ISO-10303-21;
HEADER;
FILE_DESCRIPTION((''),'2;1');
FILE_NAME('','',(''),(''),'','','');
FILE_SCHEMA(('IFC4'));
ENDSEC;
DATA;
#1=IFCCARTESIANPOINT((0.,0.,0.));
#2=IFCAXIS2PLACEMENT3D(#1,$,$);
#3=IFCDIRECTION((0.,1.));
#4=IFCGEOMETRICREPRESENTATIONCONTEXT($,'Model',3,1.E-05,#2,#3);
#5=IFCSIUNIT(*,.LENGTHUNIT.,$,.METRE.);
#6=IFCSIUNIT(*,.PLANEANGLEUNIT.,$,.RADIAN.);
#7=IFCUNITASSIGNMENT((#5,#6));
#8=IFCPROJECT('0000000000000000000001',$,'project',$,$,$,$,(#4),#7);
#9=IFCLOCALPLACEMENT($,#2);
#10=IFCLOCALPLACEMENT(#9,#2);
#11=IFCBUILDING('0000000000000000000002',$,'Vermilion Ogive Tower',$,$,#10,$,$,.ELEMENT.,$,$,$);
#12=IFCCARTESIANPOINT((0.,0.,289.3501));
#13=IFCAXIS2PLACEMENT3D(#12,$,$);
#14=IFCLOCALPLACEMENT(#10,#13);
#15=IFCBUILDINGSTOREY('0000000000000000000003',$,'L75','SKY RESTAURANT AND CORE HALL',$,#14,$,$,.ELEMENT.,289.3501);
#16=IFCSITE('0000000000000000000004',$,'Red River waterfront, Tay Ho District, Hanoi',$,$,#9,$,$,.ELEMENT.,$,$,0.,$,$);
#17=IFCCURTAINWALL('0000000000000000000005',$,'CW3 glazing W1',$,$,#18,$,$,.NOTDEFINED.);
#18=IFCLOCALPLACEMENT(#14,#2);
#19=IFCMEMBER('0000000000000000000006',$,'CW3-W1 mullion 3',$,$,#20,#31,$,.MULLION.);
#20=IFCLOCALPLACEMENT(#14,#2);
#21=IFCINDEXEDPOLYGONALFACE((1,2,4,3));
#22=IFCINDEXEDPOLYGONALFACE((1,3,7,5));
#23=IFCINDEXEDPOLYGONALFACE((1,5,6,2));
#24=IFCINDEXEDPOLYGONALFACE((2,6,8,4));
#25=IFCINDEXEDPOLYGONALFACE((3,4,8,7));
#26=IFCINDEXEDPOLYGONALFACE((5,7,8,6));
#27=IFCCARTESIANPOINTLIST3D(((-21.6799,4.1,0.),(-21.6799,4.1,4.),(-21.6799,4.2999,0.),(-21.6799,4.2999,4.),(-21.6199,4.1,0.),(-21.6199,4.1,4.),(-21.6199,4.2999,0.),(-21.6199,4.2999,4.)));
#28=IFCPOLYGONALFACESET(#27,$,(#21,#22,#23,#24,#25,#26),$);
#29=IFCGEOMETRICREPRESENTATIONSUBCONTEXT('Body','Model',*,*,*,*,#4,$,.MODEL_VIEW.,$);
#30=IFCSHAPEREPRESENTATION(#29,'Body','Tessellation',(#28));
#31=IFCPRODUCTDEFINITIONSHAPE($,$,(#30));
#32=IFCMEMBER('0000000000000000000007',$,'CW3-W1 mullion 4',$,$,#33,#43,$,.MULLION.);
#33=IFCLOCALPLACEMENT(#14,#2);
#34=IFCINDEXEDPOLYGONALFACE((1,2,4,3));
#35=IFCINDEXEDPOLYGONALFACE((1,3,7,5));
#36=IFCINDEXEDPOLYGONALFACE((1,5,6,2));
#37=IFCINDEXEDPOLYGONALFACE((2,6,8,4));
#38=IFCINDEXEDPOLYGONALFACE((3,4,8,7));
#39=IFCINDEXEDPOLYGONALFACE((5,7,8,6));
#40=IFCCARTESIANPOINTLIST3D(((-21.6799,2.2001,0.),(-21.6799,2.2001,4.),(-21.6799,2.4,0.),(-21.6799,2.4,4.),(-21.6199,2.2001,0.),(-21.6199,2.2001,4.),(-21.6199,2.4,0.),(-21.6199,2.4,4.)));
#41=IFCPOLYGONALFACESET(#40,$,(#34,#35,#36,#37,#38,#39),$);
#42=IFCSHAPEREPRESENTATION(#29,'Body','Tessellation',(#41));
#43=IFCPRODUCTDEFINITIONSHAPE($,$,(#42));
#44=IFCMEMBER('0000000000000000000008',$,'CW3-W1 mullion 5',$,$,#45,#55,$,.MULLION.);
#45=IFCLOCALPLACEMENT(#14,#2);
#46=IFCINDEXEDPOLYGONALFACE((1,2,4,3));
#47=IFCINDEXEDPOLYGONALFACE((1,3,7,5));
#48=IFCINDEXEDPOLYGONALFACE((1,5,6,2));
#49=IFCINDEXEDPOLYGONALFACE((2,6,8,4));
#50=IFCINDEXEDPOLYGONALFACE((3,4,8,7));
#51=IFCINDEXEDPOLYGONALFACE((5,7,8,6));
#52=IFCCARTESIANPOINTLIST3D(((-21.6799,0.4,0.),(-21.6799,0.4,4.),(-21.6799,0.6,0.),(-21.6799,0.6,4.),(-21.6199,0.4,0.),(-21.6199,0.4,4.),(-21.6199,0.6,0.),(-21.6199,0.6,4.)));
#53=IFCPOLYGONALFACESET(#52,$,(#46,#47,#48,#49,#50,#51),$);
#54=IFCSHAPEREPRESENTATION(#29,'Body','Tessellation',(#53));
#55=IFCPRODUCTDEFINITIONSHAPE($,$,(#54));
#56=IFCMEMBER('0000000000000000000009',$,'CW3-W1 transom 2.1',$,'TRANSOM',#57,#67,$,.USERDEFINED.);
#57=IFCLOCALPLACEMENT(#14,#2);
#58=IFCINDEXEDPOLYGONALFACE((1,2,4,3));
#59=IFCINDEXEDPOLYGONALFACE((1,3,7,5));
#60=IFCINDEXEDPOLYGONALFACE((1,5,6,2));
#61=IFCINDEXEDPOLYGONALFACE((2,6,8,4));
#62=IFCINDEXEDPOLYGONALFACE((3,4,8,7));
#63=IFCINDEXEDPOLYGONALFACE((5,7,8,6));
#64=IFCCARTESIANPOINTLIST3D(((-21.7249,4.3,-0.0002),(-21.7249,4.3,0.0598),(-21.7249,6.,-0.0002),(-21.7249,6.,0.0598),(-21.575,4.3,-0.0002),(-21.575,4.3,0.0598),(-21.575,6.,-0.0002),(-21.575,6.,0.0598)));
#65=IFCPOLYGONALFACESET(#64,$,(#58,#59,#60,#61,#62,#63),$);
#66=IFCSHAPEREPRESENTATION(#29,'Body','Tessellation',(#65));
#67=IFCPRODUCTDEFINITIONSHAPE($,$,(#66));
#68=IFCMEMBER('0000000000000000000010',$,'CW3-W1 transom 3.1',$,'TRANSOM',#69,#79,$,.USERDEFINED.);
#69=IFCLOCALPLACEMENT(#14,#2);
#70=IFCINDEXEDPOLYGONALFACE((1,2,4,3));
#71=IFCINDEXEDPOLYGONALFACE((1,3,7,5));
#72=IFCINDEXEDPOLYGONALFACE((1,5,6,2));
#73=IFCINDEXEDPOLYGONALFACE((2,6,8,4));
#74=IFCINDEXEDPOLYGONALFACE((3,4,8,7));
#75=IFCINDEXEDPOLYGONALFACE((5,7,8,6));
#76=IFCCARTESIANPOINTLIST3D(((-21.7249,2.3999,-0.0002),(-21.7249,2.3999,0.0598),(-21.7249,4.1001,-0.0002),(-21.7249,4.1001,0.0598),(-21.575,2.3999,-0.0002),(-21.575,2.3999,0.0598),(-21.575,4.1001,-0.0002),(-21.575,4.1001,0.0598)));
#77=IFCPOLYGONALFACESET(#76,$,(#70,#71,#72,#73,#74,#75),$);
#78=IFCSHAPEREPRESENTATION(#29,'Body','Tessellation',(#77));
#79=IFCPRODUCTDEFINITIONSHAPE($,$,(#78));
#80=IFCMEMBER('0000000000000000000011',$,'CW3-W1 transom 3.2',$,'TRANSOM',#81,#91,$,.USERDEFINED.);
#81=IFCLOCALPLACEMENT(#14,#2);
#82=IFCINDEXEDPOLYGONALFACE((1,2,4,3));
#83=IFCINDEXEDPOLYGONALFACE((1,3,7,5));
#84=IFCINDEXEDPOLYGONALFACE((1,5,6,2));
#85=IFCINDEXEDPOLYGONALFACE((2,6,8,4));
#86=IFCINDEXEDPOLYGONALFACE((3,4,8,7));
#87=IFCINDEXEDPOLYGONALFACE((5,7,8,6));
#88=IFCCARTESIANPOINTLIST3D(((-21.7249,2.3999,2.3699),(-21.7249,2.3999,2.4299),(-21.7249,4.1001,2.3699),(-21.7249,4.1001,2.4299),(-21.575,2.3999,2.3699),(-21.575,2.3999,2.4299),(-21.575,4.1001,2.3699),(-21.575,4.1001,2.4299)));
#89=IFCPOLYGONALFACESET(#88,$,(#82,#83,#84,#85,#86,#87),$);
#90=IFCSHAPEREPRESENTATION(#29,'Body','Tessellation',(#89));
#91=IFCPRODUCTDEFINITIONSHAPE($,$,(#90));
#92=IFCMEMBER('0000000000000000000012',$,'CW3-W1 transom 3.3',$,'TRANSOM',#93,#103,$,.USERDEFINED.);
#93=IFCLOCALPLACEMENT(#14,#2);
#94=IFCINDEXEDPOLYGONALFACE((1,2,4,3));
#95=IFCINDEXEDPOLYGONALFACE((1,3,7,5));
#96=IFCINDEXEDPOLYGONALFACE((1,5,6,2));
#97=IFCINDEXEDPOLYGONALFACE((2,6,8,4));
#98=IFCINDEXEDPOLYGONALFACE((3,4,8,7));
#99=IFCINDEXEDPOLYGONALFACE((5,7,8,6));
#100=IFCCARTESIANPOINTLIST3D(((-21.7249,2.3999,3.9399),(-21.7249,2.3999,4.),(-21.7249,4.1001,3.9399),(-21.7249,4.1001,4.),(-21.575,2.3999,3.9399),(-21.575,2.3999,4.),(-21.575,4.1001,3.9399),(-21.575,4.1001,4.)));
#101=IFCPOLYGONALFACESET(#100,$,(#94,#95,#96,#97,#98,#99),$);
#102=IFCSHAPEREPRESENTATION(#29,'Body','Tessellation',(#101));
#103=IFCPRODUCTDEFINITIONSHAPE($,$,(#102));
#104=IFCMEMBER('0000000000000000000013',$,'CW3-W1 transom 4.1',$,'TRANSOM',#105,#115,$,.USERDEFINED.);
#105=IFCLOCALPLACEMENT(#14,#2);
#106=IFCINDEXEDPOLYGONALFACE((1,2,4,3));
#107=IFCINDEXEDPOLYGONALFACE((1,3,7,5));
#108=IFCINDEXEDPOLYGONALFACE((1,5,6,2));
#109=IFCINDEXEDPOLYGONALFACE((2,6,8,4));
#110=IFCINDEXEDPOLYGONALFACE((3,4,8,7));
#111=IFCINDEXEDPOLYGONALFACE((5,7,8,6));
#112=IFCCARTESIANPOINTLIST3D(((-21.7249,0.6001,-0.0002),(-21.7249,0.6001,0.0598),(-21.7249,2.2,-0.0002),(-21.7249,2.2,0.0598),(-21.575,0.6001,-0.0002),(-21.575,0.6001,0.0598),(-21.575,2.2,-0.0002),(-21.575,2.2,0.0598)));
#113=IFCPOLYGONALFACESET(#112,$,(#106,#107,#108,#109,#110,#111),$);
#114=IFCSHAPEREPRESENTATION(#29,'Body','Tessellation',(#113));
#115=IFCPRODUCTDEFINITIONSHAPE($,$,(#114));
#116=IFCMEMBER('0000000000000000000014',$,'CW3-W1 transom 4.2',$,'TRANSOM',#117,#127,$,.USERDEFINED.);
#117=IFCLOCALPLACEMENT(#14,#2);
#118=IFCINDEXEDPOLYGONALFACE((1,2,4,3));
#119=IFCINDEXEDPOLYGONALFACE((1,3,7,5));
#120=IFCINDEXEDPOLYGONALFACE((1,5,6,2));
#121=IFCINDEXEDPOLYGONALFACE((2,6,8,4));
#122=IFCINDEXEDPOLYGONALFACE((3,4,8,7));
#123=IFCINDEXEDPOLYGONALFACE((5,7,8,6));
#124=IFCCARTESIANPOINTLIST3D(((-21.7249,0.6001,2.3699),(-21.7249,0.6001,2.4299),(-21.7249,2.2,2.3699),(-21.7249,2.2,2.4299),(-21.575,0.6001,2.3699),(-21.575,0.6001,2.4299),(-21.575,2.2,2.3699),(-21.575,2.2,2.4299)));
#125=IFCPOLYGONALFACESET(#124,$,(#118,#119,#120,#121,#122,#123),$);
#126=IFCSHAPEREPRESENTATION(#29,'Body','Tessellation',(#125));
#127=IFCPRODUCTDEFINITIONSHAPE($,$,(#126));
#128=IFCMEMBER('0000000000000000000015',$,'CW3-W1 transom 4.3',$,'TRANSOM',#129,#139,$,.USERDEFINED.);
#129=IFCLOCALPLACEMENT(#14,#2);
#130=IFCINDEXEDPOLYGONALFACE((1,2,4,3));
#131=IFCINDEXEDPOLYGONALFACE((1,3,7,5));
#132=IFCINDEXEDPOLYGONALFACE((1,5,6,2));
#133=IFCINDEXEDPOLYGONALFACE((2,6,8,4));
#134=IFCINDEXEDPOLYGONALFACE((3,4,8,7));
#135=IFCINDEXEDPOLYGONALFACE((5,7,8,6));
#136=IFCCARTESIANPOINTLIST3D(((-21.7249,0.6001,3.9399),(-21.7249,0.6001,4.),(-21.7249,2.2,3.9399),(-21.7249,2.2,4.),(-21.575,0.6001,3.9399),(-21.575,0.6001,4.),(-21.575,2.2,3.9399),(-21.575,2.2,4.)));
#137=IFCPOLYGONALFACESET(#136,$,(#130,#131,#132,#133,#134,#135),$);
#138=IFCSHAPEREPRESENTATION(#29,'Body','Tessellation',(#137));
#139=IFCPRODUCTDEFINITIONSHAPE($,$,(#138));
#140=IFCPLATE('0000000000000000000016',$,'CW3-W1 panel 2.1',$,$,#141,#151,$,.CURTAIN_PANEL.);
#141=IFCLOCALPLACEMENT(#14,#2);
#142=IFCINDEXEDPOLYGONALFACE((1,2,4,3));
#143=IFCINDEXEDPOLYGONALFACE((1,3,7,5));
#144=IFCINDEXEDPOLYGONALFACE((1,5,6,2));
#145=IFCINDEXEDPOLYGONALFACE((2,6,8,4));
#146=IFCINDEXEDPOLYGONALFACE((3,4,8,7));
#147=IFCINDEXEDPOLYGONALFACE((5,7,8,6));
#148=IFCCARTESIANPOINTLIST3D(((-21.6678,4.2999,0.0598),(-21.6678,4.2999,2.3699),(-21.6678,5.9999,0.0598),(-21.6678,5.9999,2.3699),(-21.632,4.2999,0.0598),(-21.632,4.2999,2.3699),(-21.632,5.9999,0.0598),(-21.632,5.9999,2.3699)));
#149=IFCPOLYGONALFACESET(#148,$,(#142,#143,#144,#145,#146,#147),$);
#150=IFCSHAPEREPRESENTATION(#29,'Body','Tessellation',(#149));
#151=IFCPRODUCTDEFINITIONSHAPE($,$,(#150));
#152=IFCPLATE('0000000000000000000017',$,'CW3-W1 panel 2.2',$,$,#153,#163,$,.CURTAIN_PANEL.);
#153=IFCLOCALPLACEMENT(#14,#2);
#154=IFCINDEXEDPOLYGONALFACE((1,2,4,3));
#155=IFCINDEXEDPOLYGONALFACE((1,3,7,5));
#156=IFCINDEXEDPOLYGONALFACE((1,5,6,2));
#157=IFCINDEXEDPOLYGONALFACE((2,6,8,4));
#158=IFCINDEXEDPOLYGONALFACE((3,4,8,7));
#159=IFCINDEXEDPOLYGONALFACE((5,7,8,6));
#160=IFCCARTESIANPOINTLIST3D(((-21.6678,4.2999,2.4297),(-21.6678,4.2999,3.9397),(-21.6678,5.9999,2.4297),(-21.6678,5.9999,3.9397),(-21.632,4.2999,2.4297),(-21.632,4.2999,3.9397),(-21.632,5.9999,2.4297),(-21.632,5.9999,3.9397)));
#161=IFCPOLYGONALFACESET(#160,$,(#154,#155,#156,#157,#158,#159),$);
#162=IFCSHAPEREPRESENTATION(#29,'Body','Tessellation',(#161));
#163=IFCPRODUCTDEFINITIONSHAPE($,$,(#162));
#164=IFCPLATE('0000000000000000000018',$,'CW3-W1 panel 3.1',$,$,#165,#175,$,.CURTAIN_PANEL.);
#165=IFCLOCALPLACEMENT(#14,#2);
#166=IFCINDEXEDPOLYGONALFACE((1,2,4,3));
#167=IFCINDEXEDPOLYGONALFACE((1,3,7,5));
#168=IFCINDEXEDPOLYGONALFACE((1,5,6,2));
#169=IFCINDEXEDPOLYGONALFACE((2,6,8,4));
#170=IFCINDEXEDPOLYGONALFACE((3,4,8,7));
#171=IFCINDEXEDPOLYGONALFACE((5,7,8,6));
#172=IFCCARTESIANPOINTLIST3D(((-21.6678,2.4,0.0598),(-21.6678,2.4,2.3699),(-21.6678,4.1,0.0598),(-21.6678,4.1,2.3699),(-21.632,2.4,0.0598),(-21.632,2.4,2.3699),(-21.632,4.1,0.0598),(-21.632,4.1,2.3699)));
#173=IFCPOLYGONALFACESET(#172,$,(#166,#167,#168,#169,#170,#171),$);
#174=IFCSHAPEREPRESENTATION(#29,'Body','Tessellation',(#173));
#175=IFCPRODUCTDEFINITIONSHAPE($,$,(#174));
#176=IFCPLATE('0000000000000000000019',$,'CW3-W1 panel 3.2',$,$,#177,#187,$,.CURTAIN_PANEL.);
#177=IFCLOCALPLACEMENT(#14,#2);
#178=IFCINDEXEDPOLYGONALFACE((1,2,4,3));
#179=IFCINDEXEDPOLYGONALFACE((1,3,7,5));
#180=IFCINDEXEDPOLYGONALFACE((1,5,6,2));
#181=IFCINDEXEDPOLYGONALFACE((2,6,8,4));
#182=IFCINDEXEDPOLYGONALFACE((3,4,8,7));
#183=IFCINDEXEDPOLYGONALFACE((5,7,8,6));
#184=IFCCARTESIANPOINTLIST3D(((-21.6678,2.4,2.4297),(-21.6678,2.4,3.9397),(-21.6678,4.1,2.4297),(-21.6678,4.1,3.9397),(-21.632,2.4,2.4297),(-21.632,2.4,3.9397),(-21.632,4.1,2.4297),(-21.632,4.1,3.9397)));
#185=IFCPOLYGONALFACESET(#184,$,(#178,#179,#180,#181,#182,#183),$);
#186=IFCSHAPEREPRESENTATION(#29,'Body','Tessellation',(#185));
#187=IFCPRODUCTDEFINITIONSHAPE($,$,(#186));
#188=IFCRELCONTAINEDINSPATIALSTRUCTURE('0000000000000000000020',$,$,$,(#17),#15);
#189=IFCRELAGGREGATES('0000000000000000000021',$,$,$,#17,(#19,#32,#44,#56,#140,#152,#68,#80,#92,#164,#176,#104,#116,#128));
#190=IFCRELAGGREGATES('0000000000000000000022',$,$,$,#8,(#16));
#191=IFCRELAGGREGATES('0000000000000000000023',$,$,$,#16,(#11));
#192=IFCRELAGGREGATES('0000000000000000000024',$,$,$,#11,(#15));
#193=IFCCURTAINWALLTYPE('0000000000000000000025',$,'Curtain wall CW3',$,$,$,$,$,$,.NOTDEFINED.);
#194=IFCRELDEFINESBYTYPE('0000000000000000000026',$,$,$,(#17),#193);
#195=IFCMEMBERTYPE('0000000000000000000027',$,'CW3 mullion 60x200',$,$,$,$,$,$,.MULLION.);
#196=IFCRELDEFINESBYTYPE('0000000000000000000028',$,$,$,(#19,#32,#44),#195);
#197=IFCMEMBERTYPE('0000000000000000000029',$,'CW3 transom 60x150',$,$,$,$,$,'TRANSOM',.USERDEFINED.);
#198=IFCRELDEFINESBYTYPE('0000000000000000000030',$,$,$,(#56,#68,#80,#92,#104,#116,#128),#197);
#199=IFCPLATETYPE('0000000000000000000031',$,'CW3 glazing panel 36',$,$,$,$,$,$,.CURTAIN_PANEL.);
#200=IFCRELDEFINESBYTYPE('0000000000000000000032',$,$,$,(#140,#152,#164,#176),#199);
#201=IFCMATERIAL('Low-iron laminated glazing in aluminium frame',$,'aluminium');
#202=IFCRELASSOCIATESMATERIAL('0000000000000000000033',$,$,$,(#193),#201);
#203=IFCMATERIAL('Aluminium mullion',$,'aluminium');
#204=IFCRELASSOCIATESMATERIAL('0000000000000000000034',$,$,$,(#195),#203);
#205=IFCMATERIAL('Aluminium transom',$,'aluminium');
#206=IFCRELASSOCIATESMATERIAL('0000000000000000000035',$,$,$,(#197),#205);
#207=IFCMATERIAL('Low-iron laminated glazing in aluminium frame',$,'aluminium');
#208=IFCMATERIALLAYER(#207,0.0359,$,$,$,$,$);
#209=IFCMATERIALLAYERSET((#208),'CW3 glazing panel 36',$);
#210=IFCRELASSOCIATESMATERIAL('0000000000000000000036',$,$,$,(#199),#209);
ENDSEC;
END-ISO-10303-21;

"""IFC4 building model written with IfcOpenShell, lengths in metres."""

from ifc_helpers import new_model, si_unit, direction, frame, origin, origin_2d, place, context, subcontext, project, spatial, rectangle, extrude, material, layer, layer_set, material_profile, profile_set, type_object, element, aggregate, save


model = new_model("IFC4")

# Units and contexts
model_context = context("Model", 3, precision=1e-05, world=origin(), true_north=direction((0.0, 1.0)))
body_context = subcontext(model_context, "Body", "Model", "MODEL_VIEW")
ifc_project = project(units=[si_unit("LENGTHUNIT", "METRE"), si_unit("PLANEANGLEUNIT", "RADIAN")], contexts=[model_context])

# Site, building, storey
site_placement = place(None, origin())
site = spatial("IfcSite", under=ifc_project, at=site_placement, Name="Red River waterfront, Tay Ho District, Hanoi", CompositionType="ELEMENT", RefElevation=0.0)
building_placement = place(site_placement, origin())
building = spatial("IfcBuilding", under=site, at=building_placement, Name="Vermilion Ogive Tower", CompositionType="ELEMENT")
storey_placement = place(building_placement, frame((0.0, 0.0, 289.3501)))
storey = spatial("IfcBuildingStorey", under=building, at=storey_placement, Name="L75", Description="SKY RESTAURANT AND CORE HALL", CompositionType="ELEMENT", Elevation=289.3501)

# Curtain wall, members, plates
ifc_material_1 = material(Name="Low-iron laminated glazing in aluminium frame", Category="aluminium")
curtain_wall_type = type_object("IfcCurtainWallType", Name="Curtain wall CW3", PredefinedType="NOTDEFINED", material=ifc_material_1)
curtain_wall_placement = place(storey_placement, origin())
curtain_wall = element("IfcCurtainWall", 1, at=curtain_wall_placement, inside=storey, type_object=curtain_wall_type, Name="CW3 glazing W1", PredefinedType="NOTDEFINED")
ifc_material_2 = material(Name="Aluminium mullion", Category="aluminium")
ifc_material_profile_1 = material_profile(ifc_material_2, rectangle(XDim=0.0601, YDim=0.2, at=origin_2d()), Name="AL 60x200")
ifc_profile_set_1 = profile_set([ifc_material_profile_1], Name="Aluminium mullion")
member_type_1 = type_object("IfcMemberType", Name="CW3 mullion 60x200", PredefinedType="MULLION", material=ifc_profile_set_1)
member_1_placement = place(storey_placement, frame((-21.6499, 4.2, 0.0), z_axis=(0.0, 0.0, 1.0), x_axis=(1.0, 0.0, 0.0)))
member_1 = element("IfcMember", 2, at=member_1_placement, type_object=member_type_1, Name="CW3-W1 mullion 3", PredefinedType="MULLION", context=body_context, shape_type="SweptSolid", body=[
    extrude(rectangle(XDim=0.0601, YDim=0.2, at=origin_2d()), origin(), (0.0, 0.0, 1.0), 4.0),
])
member_2_placement = place(storey_placement, frame((-21.6499, 2.3, 0.0), z_axis=(0.0, 0.0, 1.0), x_axis=(1.0, 0.0, 0.0)))
member_2 = element("IfcMember", 3, at=member_2_placement, type_object=member_type_1, Name="CW3-W1 mullion 4", PredefinedType="MULLION", context=body_context, shape_type="SweptSolid", body=[
    extrude(rectangle(XDim=0.0601, YDim=0.2, at=origin_2d()), origin(), (0.0, 0.0, 1.0), 4.0),
])
member_3_placement = place(storey_placement, frame((-21.6499, 0.5, 0.0), z_axis=(0.0, 0.0, 1.0), x_axis=(1.0, 0.0, 0.0)))
member_3 = element("IfcMember", 4, at=member_3_placement, type_object=member_type_1, Name="CW3-W1 mullion 5", PredefinedType="MULLION", context=body_context, shape_type="SweptSolid", body=[
    extrude(rectangle(XDim=0.0601, YDim=0.2, at=origin_2d()), origin(), (0.0, 0.0, 1.0), 4.0),
])
ifc_material_3 = material(Name="Aluminium transom", Category="aluminium")
ifc_material_profile_2 = material_profile(ifc_material_3, rectangle(XDim=0.1499, YDim=0.0601, at=origin_2d()), Name="AL 60x150")
ifc_profile_set_2 = profile_set([ifc_material_profile_2], Name="Aluminium transom")
member_type_2 = type_object("IfcMemberType", Name="CW3 transom 60x150", ElementType="TRANSOM", PredefinedType="USERDEFINED", material=ifc_profile_set_2)
member_4_placement = place(storey_placement, frame((-21.6499, 6.0, 0.0298), z_axis=(0.0, -1.0, 0.0), x_axis=(1.0, 0.0, 0.0)))
member_4 = element("IfcMember", 5, at=member_4_placement, type_object=member_type_2, Name="CW3-W1 transom 2.1", ObjectType="TRANSOM", PredefinedType="USERDEFINED", context=body_context, shape_type="SweptSolid", body=[
    extrude(rectangle(XDim=0.1499, YDim=0.0601, at=origin_2d()), origin(), (0.0, 0.0, 1.0), 1.7),
])
member_5_placement = place(storey_placement, frame((-21.6499, 4.1001, 0.0298), z_axis=(0.0, -1.0, 0.0), x_axis=(1.0, 0.0, 0.0)))
member_5 = element("IfcMember", 6, at=member_5_placement, type_object=member_type_2, Name="CW3-W1 transom 3.1", ObjectType="TRANSOM", PredefinedType="USERDEFINED", context=body_context, shape_type="SweptSolid", body=[
    extrude(rectangle(XDim=0.1499, YDim=0.0601, at=origin_2d()), origin(), (0.0, 0.0, 1.0), 1.7002),
])
member_6_placement = place(storey_placement, frame((-21.6499, 4.1001, 2.3999), z_axis=(0.0, -1.0, 0.0), x_axis=(1.0, 0.0, 0.0)))
member_6 = element("IfcMember", 7, at=member_6_placement, type_object=member_type_2, Name="CW3-W1 transom 3.2", ObjectType="TRANSOM", PredefinedType="USERDEFINED", context=body_context, shape_type="SweptSolid", body=[
    extrude(rectangle(XDim=0.1499, YDim=0.0601, at=origin_2d()), origin(), (0.0, 0.0, 1.0), 1.7002),
])
member_7_placement = place(storey_placement, frame((-21.6499, 4.1001, 3.97), z_axis=(0.0, -1.0, 0.0), x_axis=(1.0, 0.0, 0.0)))
member_7 = element("IfcMember", 8, at=member_7_placement, type_object=member_type_2, Name="CW3-W1 transom 3.3", ObjectType="TRANSOM", PredefinedType="USERDEFINED", context=body_context, shape_type="SweptSolid", body=[
    extrude(rectangle(XDim=0.1499, YDim=0.0601, at=origin_2d()), origin(), (0.0, 0.0, 1.0), 1.7002),
])
member_8_placement = place(storey_placement, frame((-21.6499, 2.2, 0.0298), z_axis=(0.0, -1.0, 0.0), x_axis=(1.0, 0.0, 0.0)))
member_8 = element("IfcMember", 9, at=member_8_placement, type_object=member_type_2, Name="CW3-W1 transom 4.1", ObjectType="TRANSOM", PredefinedType="USERDEFINED", context=body_context, shape_type="SweptSolid", body=[
    extrude(rectangle(XDim=0.1499, YDim=0.0601, at=origin_2d()), origin(), (0.0, 0.0, 1.0), 1.5999),
])
member_9_placement = place(storey_placement, frame((-21.6499, 2.2, 2.3999), z_axis=(0.0, -1.0, 0.0), x_axis=(1.0, 0.0, 0.0)))
member_9 = element("IfcMember", 10, at=member_9_placement, type_object=member_type_2, Name="CW3-W1 transom 4.2", ObjectType="TRANSOM", PredefinedType="USERDEFINED", context=body_context, shape_type="SweptSolid", body=[
    extrude(rectangle(XDim=0.1499, YDim=0.0601, at=origin_2d()), origin(), (0.0, 0.0, 1.0), 1.5999),
])
member_10_placement = place(storey_placement, frame((-21.6499, 2.2, 3.97), z_axis=(0.0, -1.0, 0.0), x_axis=(1.0, 0.0, 0.0)))
member_10 = element("IfcMember", 11, at=member_10_placement, type_object=member_type_2, Name="CW3-W1 transom 4.3", ObjectType="TRANSOM", PredefinedType="USERDEFINED", context=body_context, shape_type="SweptSolid", body=[
    extrude(rectangle(XDim=0.1499, YDim=0.0601, at=origin_2d()), origin(), (0.0, 0.0, 1.0), 1.5999),
])
ifc_material_4 = material(Name="Low-iron laminated glazing in aluminium frame", Category="aluminium")
ifc_layer = layer(ifc_material_4, 0.0359)
ifc_layer_set = layer_set([ifc_layer], Name="CW3 glazing panel 36")
plate_type = type_object("IfcPlateType", Name="CW3 glazing panel 36", PredefinedType="CURTAIN_PANEL", material=ifc_layer_set)
plate_1_placement = place(storey_placement, frame((-21.6499, 5.1499, 0.0598), z_axis=(0.0, 0.0, 1.0), x_axis=(0.0, -1.0, 0.0)))
plate_1 = element("IfcPlate", 12, at=plate_1_placement, type_object=plate_type, Name="CW3-W1 panel 2.1", PredefinedType="CURTAIN_PANEL", context=body_context, shape_type="SweptSolid", body=[
    extrude(rectangle(XDim=1.7, YDim=0.0359, at=origin_2d()), origin(), (0.0, 0.0, 1.0), 2.3101),
])
plate_2_placement = place(storey_placement, frame((-21.6499, 5.1499, 2.4297), z_axis=(0.0, 0.0, 1.0), x_axis=(0.0, -1.0, 0.0)))
plate_2 = element("IfcPlate", 13, at=plate_2_placement, type_object=plate_type, Name="CW3-W1 panel 2.2", PredefinedType="CURTAIN_PANEL", context=body_context, shape_type="SweptSolid", body=[
    extrude(rectangle(XDim=1.7, YDim=0.0359, at=origin_2d()), origin(), (0.0, 0.0, 1.0), 1.51),
])
plate_3_placement = place(storey_placement, frame((-21.6499, 3.25, 0.0598), z_axis=(0.0, 0.0, 1.0), x_axis=(0.0, -1.0, 0.0)))
plate_3 = element("IfcPlate", 14, at=plate_3_placement, type_object=plate_type, Name="CW3-W1 panel 3.1", PredefinedType="CURTAIN_PANEL", context=body_context, shape_type="SweptSolid", body=[
    extrude(rectangle(XDim=1.7, YDim=0.0359, at=origin_2d()), origin(), (0.0, 0.0, 1.0), 2.3101),
])
plate_4_placement = place(storey_placement, frame((-21.6499, 3.25, 2.4297), z_axis=(0.0, 0.0, 1.0), x_axis=(0.0, -1.0, 0.0)))
plate_4 = element("IfcPlate", 15, at=plate_4_placement, type_object=plate_type, Name="CW3-W1 panel 3.2", PredefinedType="CURTAIN_PANEL", context=body_context, shape_type="SweptSolid", body=[
    extrude(rectangle(XDim=1.7, YDim=0.0359, at=origin_2d()), origin(), (0.0, 0.0, 1.0), 1.51),
])
aggregate(curtain_wall, [member_1, member_2, member_3, member_4, plate_1, plate_2, member_5, member_6, member_7, plate_3, plate_4, member_8, member_9, member_10])

save(model, "model.ifc")
